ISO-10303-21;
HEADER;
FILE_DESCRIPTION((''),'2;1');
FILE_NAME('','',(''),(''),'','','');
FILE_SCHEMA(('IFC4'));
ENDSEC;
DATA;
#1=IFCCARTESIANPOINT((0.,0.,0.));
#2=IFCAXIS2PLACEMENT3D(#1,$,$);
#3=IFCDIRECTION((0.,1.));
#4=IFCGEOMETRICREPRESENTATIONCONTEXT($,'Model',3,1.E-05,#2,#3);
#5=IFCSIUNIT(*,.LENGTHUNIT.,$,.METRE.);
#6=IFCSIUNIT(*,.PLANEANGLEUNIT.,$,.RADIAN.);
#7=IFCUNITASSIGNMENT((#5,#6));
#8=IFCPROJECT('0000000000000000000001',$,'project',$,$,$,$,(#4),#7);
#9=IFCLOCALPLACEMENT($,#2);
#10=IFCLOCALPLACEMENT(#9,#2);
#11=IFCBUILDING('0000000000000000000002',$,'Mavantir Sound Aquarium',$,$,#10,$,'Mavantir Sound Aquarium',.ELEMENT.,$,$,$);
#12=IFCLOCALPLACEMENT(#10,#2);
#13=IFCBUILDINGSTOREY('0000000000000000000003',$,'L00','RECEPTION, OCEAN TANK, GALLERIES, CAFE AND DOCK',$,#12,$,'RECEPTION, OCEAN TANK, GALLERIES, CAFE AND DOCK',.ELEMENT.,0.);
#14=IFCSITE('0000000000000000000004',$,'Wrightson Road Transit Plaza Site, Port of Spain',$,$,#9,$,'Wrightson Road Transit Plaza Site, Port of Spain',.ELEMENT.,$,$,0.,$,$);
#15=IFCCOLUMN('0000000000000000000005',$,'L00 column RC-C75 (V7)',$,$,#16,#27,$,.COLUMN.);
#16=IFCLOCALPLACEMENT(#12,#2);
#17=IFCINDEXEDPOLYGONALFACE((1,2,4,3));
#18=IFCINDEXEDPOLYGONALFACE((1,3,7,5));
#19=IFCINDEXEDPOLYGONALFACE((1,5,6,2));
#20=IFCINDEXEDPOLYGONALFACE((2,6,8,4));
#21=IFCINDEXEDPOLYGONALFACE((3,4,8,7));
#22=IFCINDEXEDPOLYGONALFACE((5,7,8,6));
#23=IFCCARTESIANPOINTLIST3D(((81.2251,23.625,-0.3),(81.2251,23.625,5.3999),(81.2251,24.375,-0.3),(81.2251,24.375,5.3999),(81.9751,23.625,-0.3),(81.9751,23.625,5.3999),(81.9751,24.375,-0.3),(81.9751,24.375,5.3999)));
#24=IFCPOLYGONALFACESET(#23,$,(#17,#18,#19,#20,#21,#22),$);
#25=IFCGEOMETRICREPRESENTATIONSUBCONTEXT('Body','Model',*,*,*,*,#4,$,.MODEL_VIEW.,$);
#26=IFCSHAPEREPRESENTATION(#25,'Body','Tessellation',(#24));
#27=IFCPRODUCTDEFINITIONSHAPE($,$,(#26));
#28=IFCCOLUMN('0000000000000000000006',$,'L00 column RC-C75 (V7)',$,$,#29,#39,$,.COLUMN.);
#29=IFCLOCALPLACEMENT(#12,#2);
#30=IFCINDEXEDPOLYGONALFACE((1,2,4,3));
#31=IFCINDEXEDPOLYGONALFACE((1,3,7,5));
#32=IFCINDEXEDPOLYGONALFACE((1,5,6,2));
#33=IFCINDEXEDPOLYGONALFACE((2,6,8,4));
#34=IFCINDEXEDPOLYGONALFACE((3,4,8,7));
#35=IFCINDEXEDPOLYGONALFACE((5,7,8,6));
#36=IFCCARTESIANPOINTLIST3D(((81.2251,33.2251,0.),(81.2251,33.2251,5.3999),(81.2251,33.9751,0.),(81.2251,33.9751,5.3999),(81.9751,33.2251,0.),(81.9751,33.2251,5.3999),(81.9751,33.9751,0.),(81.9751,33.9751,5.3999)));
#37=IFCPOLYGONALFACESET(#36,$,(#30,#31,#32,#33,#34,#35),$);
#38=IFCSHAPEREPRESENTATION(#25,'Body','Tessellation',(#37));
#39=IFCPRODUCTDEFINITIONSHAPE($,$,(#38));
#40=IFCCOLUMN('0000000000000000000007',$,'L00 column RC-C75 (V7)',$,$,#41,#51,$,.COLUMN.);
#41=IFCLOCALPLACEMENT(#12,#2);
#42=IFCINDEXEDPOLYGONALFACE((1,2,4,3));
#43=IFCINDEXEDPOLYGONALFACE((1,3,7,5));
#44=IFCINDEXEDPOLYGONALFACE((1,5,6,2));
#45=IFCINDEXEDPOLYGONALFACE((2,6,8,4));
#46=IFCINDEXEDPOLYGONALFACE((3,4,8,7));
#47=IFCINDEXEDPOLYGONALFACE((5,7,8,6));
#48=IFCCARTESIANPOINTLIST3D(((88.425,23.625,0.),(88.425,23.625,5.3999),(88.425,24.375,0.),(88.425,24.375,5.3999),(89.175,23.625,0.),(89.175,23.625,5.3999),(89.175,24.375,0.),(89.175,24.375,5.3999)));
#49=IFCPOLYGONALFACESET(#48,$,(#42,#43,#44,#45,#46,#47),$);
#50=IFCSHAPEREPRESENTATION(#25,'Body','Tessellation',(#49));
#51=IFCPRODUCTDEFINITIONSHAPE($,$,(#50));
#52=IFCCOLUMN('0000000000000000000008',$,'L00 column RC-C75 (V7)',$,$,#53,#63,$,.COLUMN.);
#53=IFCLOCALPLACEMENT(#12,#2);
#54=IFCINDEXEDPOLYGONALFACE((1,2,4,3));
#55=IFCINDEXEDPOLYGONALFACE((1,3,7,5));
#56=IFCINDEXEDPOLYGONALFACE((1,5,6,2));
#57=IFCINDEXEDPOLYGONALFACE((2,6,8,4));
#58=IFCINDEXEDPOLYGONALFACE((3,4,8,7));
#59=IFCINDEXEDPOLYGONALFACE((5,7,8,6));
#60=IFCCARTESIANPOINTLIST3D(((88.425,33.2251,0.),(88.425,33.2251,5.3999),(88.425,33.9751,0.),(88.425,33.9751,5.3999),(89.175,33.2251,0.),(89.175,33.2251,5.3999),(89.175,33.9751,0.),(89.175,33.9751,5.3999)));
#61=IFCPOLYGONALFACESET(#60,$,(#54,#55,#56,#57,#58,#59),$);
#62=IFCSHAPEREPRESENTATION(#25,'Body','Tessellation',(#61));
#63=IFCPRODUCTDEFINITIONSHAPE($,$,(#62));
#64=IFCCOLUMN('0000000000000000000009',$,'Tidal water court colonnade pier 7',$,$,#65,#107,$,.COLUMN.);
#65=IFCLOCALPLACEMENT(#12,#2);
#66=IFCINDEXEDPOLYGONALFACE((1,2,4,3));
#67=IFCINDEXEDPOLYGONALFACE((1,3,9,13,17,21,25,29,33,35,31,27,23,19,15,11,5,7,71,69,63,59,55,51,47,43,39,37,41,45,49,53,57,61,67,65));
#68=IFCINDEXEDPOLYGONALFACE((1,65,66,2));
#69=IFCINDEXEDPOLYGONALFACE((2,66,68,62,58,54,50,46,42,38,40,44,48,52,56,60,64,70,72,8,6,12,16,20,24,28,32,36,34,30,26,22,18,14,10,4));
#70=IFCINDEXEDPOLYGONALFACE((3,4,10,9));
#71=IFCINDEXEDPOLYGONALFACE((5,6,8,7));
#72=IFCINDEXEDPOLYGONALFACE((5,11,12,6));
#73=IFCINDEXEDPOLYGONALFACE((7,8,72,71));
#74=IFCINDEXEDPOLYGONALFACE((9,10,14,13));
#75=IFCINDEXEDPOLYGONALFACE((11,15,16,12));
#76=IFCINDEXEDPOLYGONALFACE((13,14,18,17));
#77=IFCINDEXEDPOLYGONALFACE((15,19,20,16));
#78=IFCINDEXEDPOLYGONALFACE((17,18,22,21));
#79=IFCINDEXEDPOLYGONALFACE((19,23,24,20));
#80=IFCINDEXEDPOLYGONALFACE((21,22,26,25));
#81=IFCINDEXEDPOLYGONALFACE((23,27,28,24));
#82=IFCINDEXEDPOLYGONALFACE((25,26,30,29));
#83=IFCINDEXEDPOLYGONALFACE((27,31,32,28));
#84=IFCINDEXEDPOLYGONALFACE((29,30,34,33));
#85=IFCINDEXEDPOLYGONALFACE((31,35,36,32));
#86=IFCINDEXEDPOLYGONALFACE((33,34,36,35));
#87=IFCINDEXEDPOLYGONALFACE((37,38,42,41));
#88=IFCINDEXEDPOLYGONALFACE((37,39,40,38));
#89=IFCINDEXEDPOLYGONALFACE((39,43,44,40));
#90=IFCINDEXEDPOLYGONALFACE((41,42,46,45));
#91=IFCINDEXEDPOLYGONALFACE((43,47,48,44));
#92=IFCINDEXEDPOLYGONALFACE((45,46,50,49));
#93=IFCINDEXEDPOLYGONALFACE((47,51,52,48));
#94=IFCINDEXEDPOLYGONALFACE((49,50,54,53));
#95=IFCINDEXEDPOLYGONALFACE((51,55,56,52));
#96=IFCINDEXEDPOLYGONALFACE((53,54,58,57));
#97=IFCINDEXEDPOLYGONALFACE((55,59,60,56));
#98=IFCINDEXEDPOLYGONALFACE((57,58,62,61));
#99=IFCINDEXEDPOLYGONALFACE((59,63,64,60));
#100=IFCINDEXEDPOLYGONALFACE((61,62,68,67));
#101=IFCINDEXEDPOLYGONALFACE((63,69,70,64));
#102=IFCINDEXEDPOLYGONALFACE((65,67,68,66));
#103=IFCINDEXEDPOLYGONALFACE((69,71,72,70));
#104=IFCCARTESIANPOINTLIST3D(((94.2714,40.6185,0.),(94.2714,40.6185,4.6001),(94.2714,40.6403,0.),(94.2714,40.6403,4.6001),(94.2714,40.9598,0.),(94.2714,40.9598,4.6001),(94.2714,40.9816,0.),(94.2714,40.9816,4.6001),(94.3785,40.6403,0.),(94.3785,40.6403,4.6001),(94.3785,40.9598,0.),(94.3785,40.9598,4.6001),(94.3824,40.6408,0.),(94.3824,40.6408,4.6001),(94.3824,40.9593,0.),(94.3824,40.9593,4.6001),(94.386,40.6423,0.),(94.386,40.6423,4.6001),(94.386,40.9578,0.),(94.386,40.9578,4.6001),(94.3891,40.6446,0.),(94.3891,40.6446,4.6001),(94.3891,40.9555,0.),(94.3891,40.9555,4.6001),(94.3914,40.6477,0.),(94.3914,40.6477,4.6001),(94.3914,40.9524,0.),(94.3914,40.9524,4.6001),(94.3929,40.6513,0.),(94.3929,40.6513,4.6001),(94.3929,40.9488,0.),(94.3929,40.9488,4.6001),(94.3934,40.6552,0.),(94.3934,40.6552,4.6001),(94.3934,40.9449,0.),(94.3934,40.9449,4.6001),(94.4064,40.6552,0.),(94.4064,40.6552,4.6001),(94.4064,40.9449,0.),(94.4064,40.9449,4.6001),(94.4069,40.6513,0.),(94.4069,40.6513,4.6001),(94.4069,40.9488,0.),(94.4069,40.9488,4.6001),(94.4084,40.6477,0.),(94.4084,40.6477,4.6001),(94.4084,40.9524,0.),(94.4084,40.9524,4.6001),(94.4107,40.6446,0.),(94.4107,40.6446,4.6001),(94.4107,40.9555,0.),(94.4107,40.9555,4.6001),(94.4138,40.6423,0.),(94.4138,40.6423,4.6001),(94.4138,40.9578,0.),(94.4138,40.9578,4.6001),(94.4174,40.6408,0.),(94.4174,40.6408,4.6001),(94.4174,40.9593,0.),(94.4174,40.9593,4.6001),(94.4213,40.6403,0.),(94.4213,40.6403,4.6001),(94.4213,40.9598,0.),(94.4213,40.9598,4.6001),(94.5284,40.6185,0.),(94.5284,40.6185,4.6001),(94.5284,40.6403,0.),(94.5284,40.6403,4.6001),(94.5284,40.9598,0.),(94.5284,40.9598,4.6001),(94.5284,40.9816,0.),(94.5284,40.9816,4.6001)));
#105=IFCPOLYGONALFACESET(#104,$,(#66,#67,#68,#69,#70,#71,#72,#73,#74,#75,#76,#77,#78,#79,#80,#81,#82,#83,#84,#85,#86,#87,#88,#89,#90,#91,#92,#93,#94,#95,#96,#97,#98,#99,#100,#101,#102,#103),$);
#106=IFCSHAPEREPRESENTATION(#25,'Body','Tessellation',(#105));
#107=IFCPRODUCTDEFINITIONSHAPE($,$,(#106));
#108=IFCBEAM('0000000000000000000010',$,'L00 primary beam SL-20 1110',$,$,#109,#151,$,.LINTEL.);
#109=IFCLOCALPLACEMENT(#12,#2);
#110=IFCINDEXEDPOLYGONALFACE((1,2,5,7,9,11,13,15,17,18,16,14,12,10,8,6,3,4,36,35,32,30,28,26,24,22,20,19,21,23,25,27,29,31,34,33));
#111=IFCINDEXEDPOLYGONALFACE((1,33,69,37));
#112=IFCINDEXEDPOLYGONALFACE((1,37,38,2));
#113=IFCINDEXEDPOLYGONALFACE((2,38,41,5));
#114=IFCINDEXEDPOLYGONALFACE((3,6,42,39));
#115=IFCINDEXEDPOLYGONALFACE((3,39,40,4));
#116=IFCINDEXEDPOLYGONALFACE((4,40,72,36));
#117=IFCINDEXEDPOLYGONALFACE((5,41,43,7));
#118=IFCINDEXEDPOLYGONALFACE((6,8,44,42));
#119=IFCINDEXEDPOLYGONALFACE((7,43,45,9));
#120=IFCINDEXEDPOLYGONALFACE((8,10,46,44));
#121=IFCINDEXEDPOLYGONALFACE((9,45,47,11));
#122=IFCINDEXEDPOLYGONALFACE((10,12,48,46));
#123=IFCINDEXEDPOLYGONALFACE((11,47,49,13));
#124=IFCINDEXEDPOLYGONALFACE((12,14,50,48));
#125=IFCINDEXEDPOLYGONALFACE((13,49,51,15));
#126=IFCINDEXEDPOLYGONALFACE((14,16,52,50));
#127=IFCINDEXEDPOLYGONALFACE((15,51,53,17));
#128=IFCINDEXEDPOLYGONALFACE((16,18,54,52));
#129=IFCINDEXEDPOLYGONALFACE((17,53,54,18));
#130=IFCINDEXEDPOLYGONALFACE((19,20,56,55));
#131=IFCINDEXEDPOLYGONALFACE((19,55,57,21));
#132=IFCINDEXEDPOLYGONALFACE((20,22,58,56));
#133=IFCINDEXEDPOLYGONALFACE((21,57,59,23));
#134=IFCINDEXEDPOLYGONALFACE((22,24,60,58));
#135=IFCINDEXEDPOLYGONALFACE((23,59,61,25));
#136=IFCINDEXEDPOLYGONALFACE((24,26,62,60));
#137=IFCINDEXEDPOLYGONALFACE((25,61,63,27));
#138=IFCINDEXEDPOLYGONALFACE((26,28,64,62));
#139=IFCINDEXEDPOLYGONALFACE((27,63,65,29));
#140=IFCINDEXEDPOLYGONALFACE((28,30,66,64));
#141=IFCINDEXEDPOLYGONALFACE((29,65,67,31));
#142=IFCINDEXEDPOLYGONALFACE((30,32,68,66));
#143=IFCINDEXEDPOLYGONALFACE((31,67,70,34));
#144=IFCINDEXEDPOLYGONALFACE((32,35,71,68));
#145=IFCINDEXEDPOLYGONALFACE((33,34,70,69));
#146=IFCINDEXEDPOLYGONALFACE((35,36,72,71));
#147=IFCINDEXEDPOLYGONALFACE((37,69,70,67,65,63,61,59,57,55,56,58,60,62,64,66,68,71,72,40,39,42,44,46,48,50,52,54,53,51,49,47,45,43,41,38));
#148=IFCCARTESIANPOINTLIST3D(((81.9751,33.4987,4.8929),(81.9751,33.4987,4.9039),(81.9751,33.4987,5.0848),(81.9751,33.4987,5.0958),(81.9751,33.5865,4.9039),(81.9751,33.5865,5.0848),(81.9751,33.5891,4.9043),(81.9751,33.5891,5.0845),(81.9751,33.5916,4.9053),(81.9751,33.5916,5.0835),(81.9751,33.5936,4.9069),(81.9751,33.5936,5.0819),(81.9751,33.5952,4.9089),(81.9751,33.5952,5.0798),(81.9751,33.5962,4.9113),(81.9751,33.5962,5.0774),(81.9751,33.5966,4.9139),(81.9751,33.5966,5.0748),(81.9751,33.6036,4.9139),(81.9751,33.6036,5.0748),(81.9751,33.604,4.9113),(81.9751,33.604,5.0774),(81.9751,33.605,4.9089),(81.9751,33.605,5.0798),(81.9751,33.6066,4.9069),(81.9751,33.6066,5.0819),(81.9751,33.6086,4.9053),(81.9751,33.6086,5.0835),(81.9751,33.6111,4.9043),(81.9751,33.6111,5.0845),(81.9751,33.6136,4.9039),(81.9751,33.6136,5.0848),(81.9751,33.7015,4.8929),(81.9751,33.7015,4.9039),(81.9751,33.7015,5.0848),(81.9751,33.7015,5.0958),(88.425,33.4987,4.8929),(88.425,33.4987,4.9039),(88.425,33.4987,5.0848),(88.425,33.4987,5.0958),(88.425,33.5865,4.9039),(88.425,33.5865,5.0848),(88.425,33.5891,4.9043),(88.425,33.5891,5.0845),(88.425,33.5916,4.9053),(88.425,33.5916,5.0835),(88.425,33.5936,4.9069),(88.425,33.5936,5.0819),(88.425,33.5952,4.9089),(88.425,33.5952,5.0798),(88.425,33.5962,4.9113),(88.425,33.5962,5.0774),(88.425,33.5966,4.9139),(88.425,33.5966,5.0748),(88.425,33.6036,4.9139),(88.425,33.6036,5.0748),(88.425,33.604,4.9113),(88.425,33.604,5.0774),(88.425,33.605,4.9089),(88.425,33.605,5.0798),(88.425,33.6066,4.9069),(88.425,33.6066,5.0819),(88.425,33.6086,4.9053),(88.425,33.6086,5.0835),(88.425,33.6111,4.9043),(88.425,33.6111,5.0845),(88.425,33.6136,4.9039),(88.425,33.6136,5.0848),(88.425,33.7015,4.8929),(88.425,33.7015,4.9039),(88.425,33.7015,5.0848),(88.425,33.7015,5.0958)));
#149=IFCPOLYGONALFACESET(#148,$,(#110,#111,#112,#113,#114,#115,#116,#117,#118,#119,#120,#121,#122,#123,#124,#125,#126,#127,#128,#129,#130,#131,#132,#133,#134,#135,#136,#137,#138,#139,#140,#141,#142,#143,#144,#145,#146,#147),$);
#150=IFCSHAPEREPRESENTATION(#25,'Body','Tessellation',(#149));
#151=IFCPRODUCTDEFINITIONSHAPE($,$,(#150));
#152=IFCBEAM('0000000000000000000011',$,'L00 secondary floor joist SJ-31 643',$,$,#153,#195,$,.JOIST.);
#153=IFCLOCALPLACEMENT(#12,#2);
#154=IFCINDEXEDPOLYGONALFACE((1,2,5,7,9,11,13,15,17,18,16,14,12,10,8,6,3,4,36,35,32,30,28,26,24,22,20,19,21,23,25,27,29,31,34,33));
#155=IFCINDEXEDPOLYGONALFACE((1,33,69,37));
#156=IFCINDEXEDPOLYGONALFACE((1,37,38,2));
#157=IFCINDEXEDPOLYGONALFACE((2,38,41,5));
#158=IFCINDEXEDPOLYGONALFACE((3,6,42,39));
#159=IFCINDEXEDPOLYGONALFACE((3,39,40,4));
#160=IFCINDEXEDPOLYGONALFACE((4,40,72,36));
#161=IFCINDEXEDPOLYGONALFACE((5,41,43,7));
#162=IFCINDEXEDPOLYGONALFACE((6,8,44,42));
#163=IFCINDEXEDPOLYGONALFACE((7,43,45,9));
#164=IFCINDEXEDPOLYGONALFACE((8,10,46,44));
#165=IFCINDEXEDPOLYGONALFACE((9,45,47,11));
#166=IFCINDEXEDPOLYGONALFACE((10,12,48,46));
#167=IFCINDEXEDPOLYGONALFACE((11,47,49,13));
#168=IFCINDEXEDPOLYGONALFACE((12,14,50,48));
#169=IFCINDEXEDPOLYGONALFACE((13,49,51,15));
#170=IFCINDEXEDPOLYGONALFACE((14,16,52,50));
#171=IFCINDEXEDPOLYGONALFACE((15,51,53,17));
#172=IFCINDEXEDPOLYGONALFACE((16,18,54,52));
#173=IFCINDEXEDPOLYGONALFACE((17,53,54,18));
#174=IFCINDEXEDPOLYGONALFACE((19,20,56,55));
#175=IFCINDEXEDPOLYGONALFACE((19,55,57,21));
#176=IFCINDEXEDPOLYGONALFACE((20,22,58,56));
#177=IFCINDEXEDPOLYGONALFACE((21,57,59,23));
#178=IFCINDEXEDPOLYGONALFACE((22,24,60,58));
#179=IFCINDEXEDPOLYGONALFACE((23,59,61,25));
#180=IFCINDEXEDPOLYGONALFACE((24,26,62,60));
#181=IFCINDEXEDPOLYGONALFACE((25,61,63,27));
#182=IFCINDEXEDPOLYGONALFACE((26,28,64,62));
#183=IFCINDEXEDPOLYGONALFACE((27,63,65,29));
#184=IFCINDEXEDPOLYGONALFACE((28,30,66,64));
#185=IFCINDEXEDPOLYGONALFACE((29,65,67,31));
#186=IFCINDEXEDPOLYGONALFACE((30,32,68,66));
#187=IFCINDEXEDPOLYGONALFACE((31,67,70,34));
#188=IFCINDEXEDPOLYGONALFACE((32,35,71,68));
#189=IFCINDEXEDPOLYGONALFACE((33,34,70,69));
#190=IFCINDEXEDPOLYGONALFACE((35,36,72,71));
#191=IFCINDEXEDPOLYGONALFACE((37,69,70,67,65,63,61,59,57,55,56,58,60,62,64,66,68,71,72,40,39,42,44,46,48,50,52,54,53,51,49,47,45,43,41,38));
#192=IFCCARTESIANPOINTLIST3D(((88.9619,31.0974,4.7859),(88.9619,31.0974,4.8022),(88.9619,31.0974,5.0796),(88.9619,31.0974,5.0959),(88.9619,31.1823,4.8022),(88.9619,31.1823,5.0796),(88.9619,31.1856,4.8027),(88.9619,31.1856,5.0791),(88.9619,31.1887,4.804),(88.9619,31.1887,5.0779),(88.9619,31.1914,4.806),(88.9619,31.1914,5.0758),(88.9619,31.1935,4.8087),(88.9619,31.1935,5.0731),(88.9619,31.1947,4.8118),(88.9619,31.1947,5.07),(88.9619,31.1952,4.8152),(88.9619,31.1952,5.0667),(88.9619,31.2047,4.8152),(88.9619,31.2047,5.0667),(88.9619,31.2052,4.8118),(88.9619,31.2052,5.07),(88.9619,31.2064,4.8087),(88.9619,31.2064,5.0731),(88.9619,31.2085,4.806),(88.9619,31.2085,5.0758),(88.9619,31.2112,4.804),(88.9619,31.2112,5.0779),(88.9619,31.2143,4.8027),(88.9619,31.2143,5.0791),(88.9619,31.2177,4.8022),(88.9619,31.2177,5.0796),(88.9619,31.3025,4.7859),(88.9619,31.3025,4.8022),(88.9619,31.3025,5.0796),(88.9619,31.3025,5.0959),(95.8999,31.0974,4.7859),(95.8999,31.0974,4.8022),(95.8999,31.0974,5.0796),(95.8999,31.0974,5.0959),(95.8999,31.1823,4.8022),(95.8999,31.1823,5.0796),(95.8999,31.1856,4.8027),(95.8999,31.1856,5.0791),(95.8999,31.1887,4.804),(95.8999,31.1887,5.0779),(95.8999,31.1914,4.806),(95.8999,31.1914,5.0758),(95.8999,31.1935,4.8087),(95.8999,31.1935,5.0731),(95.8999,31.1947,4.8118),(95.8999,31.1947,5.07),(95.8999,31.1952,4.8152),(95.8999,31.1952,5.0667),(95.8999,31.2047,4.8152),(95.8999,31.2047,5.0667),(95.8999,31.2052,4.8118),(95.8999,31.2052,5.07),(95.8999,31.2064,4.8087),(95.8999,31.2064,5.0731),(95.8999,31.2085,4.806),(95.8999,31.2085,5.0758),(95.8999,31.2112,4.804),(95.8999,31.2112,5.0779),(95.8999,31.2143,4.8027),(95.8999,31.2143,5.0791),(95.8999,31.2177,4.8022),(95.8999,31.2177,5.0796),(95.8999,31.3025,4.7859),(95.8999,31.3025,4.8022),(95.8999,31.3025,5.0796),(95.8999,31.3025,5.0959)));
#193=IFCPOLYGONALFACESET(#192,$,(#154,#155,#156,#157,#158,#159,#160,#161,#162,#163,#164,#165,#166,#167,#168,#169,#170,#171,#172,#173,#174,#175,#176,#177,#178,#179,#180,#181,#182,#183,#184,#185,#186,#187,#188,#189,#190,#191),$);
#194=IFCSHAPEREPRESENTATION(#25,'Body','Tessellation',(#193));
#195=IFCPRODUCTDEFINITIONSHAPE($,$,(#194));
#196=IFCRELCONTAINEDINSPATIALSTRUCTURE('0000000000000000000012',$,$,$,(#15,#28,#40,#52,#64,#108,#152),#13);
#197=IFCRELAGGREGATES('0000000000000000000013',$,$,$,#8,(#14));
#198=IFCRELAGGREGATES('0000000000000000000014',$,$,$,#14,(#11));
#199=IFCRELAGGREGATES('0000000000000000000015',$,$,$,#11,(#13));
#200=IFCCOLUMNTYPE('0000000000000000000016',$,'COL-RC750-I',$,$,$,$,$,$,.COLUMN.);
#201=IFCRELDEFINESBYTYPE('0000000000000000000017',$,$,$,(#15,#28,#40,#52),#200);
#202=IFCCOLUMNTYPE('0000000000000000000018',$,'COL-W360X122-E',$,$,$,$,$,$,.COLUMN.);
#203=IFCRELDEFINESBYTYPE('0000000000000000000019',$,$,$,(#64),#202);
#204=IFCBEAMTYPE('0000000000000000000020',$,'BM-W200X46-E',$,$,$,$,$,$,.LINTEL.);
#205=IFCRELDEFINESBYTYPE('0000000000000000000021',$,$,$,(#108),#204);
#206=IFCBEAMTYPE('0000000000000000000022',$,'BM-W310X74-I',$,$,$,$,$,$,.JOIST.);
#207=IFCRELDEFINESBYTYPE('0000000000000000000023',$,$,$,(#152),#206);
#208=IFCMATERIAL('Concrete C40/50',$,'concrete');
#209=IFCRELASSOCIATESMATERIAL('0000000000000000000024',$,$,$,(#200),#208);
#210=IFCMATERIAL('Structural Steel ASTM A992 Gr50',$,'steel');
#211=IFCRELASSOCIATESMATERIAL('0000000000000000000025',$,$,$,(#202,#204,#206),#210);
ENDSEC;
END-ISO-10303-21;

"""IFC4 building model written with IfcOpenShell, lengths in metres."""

from ifc_helpers import new_model, si_unit, direction, frame, origin, origin_2d, place, context, subcontext, project, spatial, rectangle, i_section, extrude, material, material_profile, profile_set, type_object, element, save


model = new_model("IFC4")

# Units and contexts
model_context = context("Model", 3, precision=1e-05, world=origin(), true_north=direction((0.0, 1.0)))
body_context = subcontext(model_context, "Body", "Model", "MODEL_VIEW")
ifc_project = project(units=[si_unit("LENGTHUNIT", "METRE"), si_unit("PLANEANGLEUNIT", "RADIAN")], contexts=[model_context])

# Site, building, storey
site_placement = place(None, origin())
site = spatial("IfcSite", under=ifc_project, at=site_placement, Name="Wrightson Road Transit Plaza Site, Port of Spain", LongName="Wrightson Road Transit Plaza Site, Port of Spain", CompositionType="ELEMENT", RefElevation=0.0)
building_placement = place(site_placement, origin())
building = spatial("IfcBuilding", under=site, at=building_placement, Name="Mavantir Sound Aquarium", LongName="Mavantir Sound Aquarium", CompositionType="ELEMENT")
storey_placement = place(building_placement, origin())
storey = spatial("IfcBuildingStorey", under=building, at=storey_placement, Name="L00", Description="RECEPTION, OCEAN TANK, GALLERIES, CAFE AND DOCK", LongName="RECEPTION, OCEAN TANK, GALLERIES, CAFE AND DOCK", CompositionType="ELEMENT", Elevation=0.0)

# Columns
ifc_material_1 = material(Name="Concrete C40/50", Category="concrete")
ifc_material_profile_1 = material_profile(ifc_material_1, rectangle(XDim=0.75, YDim=0.75, at=origin_2d()), Name="RC 750X750")
ifc_profile_set_1 = profile_set([ifc_material_profile_1], Name="Concrete C40/50")
column_type_1 = type_object("IfcColumnType", Name="COL-RC750-I", PredefinedType="COLUMN", material=ifc_profile_set_1)
column_1_placement = place(storey_placement, frame((81.6001, 24.0, -0.3), z_axis=(0.0, 0.0, 1.0), x_axis=(1.0, 0.0, 0.0)))
element("IfcColumn", 1, at=column_1_placement, inside=storey, type_object=column_type_1, Name="L00 column RC-C75 (V7)", PredefinedType="COLUMN", context=body_context, shape_type="SweptSolid", body=[
    extrude(rectangle(XDim=0.75, YDim=0.75, at=origin_2d()), origin(), (0.0, 0.0, 1.0), 5.7),
])
for number, where, z_axis, x_axis, name in (
    (2, (81.6001, 33.6001, 0.0), (0.0, 0.0, 1.0), (1.0, 0.0, 0.0), "L00 column RC-C75 (V7)"),
    (3, (88.8, 24.0, 0.0), (0.0, 0.0, 1.0), (1.0, 0.0, 0.0), "L00 column RC-C75 (V7)"),
    (4, (88.8, 33.6001, 0.0), (0.0, 0.0, 1.0), (1.0, 0.0, 0.0), "L00 column RC-C75 (V7)"),
):
    element("IfcColumn", number, at=place(storey_placement, frame(where, z_axis=z_axis, x_axis=x_axis)), inside=storey, type_object=column_type_1, Name=name, PredefinedType="COLUMN", context=body_context, shape_type="SweptSolid", body=[
        extrude(rectangle(XDim=0.75, YDim=0.75, at=origin_2d()), origin(), (0.0, 0.0, 1.0), 5.3999),
    ])
ifc_material_2 = material(Name="Structural Steel ASTM A992 Gr50", Category="steel")
ifc_material_profile_2 = material_profile(ifc_material_2, i_section(OverallWidth=0.2571, OverallDepth=0.363, WebThickness=0.0129, FlangeThickness=0.0217, FilletRadius=0.0149, at=origin_2d()), Name="W360X122")
ifc_profile_set_2 = profile_set([ifc_material_profile_2], Name="Structural Steel ASTM A992 Gr50")
column_type_2 = type_object("IfcColumnType", Name="COL-W360X122-E", PredefinedType="COLUMN", material=ifc_profile_set_2)
column_2_placement = place(storey_placement, frame((94.3999, 40.8, 0.0), z_axis=(0.0, 0.0, 1.0), x_axis=(1.0, 0.0, 0.0)))
element("IfcColumn", 5, at=column_2_placement, inside=storey, type_object=column_type_2, Name="Tidal water court colonnade pier 7", PredefinedType="COLUMN", context=body_context, shape_type="SweptSolid", body=[
    extrude(i_section(OverallWidth=0.2571, OverallDepth=0.363, WebThickness=0.0129, FlangeThickness=0.0217, FilletRadius=0.0149, at=origin_2d()), origin(), (0.0, 0.0, 1.0), 4.6001),
])

# Beams
ifc_material_profile_3 = material_profile(ifc_material_2, i_section(OverallWidth=0.2029, OverallDepth=0.2029, WebThickness=0.0071, FlangeThickness=0.011, FilletRadius=0.01, at=origin_2d()), Name="W200X46")
ifc_profile_set_3 = profile_set([ifc_material_profile_3], Name="Structural Steel ASTM A992 Gr50")
beam_type_1 = type_object("IfcBeamType", Name="BM-W200X46-E", PredefinedType="LINTEL", material=ifc_profile_set_3)
beam_1_placement = place(storey_placement, frame((81.9751, 33.6001, 4.9944), z_axis=(1.0, 0.0, 0.0), x_axis=(0.0, 1.0, 0.0)))
element("IfcBeam", 6, at=beam_1_placement, inside=storey, type_object=beam_type_1, Name="L00 primary beam SL-20 1110", PredefinedType="LINTEL", context=body_context, shape_type="SweptSolid", body=[
    extrude(i_section(OverallWidth=0.2029, OverallDepth=0.2029, WebThickness=0.0071, FlangeThickness=0.011, FilletRadius=0.01, at=origin_2d()), origin(), (0.0, 0.0, 1.0), 6.45),
])
ifc_material_profile_4 = material_profile(ifc_material_2, i_section(OverallWidth=0.2051, OverallDepth=0.3101, WebThickness=0.0095, FlangeThickness=0.0164, FilletRadius=0.0129, at=origin_2d()), Name="W310X74")
ifc_profile_set_4 = profile_set([ifc_material_profile_4], Name="Structural Steel ASTM A992 Gr50")
beam_type_2 = type_object("IfcBeamType", Name="BM-W310X74-I", PredefinedType="JOIST", material=ifc_profile_set_4)
beam_2_placement = place(storey_placement, frame((88.9619, 31.2, 4.9409), z_axis=(1.0, 0.0, 0.0), x_axis=(0.0, 1.0, 0.0)))
element("IfcBeam", 7, at=beam_2_placement, inside=storey, type_object=beam_type_2, Name="L00 secondary floor joist SJ-31 643", PredefinedType="JOIST", context=body_context, shape_type="SweptSolid", body=[
    extrude(i_section(OverallWidth=0.2051, OverallDepth=0.3101, WebThickness=0.0095, FlangeThickness=0.0164, FilletRadius=0.0129, at=origin_2d()), origin(), (0.0, 0.0, 1.0), 6.938),
])

save(model, "model.ifc")
